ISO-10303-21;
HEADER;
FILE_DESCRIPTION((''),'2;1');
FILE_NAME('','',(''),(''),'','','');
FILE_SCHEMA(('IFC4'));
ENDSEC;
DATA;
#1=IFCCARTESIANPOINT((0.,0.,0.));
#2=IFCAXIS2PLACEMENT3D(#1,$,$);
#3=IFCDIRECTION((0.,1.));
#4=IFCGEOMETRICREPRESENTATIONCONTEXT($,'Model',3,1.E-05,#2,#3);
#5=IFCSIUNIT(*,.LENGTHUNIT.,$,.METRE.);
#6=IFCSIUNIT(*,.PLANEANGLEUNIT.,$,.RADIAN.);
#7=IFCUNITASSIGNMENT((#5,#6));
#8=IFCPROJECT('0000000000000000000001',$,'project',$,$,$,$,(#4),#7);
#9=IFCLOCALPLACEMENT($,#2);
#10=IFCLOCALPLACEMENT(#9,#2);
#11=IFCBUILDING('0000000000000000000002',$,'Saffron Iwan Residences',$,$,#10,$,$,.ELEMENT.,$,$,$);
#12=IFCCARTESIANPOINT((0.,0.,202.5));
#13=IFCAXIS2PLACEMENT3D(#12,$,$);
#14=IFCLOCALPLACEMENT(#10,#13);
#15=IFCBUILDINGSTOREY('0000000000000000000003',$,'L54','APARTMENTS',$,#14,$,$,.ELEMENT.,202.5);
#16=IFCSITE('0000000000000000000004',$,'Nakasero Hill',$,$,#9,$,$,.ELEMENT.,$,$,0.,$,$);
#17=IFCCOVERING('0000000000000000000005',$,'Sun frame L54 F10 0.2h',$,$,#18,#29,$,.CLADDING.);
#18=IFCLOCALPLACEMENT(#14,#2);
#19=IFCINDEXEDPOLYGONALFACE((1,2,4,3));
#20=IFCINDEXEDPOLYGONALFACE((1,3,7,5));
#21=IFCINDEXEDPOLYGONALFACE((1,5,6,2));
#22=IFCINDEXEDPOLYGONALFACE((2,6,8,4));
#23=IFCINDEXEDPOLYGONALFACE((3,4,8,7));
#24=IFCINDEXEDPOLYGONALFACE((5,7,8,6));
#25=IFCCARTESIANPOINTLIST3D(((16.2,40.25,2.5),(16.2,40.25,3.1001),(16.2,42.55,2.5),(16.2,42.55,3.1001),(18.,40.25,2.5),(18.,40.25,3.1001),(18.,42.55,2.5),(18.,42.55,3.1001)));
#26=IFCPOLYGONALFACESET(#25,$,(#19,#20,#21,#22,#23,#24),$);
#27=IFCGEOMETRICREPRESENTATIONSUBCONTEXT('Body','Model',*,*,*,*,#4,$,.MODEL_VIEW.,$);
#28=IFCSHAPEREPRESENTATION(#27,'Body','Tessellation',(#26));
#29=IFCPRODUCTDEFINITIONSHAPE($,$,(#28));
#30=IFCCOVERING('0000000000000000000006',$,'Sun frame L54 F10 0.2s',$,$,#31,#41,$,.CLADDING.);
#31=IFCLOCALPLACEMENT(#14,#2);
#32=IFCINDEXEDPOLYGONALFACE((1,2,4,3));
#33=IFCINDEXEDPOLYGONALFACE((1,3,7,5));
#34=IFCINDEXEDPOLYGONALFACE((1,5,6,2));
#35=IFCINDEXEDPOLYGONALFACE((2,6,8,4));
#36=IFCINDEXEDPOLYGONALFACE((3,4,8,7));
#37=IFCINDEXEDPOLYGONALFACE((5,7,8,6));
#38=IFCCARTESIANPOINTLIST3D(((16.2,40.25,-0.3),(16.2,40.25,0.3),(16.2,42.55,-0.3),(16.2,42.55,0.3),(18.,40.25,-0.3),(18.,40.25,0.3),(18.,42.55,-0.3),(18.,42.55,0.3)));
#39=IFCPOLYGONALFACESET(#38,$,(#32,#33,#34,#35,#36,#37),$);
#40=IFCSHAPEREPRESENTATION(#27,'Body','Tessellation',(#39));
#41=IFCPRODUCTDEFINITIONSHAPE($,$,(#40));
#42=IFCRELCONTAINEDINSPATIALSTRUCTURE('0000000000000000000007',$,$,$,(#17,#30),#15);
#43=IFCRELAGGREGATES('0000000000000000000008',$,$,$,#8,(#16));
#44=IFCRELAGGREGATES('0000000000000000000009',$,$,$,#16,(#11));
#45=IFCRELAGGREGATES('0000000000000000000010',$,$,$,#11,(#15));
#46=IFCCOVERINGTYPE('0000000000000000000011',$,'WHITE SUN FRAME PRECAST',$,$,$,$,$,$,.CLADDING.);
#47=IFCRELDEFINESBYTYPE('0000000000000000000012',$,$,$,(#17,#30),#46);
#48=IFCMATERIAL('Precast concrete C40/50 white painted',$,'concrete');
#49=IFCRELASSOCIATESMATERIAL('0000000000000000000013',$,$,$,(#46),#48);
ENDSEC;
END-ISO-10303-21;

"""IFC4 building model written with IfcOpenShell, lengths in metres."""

from ifc_helpers import new_model, si_unit, direction, frame, origin, place, context, subcontext, project, spatial, polyline, outline, extrude, material, type_object, element, save


model = new_model("IFC4")

# Units and contexts
model_context = context("Model", 3, precision=1e-05, world=origin(), true_north=direction((0.0, 1.0)))
body_context = subcontext(model_context, "Body", "Model", "MODEL_VIEW")
ifc_project = project(units=[si_unit("LENGTHUNIT", "METRE"), si_unit("PLANEANGLEUNIT", "RADIAN")], contexts=[model_context])

# Site, building, storey
site_placement = place(None, origin())
site = spatial("IfcSite", under=ifc_project, at=site_placement, Name="Nakasero Hill", CompositionType="ELEMENT", RefElevation=0.0)
building_placement = place(site_placement, origin())
building = spatial("IfcBuilding", under=site, at=building_placement, Name="Saffron Iwan Residences", CompositionType="ELEMENT")
storey_placement = place(building_placement, frame((0.0, 0.0, 202.5)))
storey = spatial("IfcBuildingStorey", under=building, at=storey_placement, Name="L54", Description="APARTMENTS", CompositionType="ELEMENT", Elevation=202.5)

# Coverings
ifc_material_1 = material(Name="Precast concrete C40/50 white painted", Category="concrete")
covering_type_1 = type_object("IfcCoveringType", Name="WHITE SUN FRAME PRECAST", PredefinedType="CLADDING", material=ifc_material_1)
for number, where, z_axis, x_axis, name in (
    (1, (18.0, 42.55, 2.5), (-1.0, 0.0, 0.0), (0.0, -1.0, 0.0), "Sun frame L54 F10 0.2h"),
    (2, (18.0, 42.55, -0.3), (-1.0, 0.0, 0.0), (0.0, -1.0, 0.0), "Sun frame L54 F10 0.2s"),
):
    element("IfcCovering", number, at=place(storey_placement, frame(where, z_axis=z_axis, x_axis=x_axis)), inside=storey, type_object=covering_type_1, Name=name, PredefinedType="CLADDING", context=body_context, shape_type="SweptSolid", body=[
        extrude(outline(polyline([(0.0, 0.0), (2.3, 0.0), (2.3, 0.6001), (0.0, 0.6001), (0.0, 0.0)])), origin(), (0.0, 0.0, 1.0), 1.8),
    ])

save(model, "model.ifc")
